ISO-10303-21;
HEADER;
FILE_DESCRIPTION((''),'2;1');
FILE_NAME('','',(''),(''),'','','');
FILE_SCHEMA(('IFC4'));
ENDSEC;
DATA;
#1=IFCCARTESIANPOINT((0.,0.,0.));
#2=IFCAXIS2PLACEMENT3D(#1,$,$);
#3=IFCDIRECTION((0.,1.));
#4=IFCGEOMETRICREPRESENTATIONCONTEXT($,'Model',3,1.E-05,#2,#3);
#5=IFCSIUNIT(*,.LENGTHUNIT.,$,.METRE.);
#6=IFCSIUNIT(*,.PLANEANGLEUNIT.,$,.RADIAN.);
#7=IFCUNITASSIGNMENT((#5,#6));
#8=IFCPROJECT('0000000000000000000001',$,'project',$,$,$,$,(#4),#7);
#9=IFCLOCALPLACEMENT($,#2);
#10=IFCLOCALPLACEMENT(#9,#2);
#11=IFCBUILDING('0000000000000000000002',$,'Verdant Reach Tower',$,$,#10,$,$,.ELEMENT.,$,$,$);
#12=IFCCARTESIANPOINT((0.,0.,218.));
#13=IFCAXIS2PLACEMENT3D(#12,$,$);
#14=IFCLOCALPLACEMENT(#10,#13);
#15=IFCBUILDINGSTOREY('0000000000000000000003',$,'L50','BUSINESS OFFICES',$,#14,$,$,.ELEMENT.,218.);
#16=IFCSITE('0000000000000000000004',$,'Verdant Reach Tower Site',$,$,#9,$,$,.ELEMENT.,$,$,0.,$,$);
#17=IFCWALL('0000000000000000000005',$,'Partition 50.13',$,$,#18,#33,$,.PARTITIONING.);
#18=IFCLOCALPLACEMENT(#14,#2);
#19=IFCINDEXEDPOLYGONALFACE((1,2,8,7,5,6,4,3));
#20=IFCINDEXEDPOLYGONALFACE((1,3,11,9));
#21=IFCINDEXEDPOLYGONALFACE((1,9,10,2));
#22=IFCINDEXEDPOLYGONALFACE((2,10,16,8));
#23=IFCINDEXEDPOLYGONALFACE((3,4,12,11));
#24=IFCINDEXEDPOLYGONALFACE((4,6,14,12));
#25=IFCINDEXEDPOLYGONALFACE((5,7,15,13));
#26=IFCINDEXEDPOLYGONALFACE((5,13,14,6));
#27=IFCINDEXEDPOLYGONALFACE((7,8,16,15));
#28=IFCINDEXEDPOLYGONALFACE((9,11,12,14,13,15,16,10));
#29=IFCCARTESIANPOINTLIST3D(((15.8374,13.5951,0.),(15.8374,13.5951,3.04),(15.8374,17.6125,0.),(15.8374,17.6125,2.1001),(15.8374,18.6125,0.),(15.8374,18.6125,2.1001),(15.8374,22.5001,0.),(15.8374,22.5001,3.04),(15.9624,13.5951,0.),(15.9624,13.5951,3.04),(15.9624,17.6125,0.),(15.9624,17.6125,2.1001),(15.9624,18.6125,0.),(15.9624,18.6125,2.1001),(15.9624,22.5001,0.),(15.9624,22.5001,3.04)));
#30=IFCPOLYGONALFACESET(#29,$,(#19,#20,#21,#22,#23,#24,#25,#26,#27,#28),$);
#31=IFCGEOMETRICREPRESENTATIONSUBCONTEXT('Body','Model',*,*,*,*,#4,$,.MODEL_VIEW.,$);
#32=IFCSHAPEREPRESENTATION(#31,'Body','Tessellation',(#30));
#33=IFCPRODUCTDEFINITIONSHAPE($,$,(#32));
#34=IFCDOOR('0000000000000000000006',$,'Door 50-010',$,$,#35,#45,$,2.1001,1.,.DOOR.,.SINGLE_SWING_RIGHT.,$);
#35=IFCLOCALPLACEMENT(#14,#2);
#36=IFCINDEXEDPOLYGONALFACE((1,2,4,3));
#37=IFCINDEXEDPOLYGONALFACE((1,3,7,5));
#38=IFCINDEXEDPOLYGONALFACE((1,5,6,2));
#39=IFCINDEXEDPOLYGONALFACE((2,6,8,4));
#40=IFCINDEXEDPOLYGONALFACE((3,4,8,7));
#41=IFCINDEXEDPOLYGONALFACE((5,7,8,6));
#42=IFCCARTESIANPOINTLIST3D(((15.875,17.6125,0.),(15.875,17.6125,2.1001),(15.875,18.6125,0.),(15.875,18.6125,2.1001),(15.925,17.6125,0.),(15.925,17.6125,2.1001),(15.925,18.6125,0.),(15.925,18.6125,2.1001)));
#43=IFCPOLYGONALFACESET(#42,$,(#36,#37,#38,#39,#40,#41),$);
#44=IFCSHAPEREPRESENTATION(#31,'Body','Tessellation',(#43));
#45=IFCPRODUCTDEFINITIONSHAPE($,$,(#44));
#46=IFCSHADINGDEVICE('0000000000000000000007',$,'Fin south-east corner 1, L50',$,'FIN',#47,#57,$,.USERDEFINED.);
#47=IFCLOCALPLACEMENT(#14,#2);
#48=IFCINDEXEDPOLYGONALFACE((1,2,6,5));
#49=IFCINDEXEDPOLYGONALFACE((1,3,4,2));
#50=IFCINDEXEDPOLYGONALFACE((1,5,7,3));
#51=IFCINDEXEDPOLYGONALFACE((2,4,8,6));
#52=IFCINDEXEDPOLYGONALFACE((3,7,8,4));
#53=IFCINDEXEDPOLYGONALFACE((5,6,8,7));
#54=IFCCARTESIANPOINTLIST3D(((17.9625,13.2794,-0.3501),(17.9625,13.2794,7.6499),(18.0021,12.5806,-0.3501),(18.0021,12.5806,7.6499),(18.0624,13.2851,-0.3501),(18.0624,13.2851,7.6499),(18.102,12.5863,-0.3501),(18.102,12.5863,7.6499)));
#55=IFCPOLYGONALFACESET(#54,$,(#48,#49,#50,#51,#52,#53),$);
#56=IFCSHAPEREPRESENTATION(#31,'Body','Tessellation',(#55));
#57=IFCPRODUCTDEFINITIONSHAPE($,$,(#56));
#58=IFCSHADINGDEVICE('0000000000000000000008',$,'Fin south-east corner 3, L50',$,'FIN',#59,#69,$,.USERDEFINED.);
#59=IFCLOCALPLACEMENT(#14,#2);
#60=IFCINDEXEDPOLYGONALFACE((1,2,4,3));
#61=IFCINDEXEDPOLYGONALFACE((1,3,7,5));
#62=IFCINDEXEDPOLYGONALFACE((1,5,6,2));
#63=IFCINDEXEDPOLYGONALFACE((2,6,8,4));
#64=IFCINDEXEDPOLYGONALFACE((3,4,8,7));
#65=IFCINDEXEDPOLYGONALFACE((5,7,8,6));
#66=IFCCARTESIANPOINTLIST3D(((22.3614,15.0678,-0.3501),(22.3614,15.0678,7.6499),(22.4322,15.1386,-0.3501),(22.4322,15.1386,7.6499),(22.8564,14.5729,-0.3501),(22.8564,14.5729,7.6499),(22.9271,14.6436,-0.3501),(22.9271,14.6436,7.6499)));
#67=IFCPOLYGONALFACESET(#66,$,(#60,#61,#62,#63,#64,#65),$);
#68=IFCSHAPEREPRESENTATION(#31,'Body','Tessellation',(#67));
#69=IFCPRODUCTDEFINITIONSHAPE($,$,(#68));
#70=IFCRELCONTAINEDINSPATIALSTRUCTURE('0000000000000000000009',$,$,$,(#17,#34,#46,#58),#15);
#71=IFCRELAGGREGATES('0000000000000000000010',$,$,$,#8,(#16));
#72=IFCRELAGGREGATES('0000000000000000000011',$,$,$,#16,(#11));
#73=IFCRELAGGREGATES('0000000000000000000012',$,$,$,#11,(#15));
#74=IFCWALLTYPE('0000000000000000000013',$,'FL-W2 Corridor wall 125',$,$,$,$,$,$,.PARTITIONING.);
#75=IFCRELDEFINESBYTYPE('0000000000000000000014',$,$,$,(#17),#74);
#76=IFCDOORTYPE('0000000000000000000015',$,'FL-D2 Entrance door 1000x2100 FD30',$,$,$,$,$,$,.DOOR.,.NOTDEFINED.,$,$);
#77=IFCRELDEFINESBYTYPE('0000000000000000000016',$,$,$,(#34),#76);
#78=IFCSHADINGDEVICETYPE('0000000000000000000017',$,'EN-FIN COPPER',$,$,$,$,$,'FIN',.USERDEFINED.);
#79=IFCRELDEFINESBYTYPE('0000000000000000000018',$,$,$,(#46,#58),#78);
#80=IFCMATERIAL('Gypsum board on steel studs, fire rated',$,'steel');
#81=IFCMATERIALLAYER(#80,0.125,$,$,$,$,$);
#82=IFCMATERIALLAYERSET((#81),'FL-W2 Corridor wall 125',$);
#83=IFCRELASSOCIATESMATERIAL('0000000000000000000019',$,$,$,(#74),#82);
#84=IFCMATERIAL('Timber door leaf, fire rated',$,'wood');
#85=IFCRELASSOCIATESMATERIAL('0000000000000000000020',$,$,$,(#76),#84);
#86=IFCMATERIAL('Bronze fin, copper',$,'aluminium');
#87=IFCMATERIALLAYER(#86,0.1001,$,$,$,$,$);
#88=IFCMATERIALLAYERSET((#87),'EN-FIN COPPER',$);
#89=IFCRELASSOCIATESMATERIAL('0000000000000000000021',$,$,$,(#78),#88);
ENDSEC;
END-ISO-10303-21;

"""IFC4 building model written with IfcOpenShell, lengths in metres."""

from ifc_helpers import new_model, si_unit, direction, frame, frame_2d, origin, origin_2d, place, context, subcontext, project, spatial, rectangle, extrude, material, layer, layer_set, type_object, element, fill, save


model = new_model("IFC4")

# Units and contexts
model_context = context("Model", 3, precision=1e-05, world=origin(), true_north=direction((0.0, 1.0)))
body_context = subcontext(model_context, "Body", "Model", "MODEL_VIEW")
ifc_project = project(units=[si_unit("LENGTHUNIT", "METRE"), si_unit("PLANEANGLEUNIT", "RADIAN")], contexts=[model_context])

# Site, building, storey
site_placement = place(None, origin())
site = spatial("IfcSite", under=ifc_project, at=site_placement, Name="Verdant Reach Tower Site", CompositionType="ELEMENT", RefElevation=0.0)
building_placement = place(site_placement, origin())
building = spatial("IfcBuilding", under=site, at=building_placement, Name="Verdant Reach Tower", CompositionType="ELEMENT")
storey_placement = place(building_placement, frame((0.0, 0.0, 218.0)))
storey = spatial("IfcBuildingStorey", under=building, at=storey_placement, Name="L50", Description="BUSINESS OFFICES", CompositionType="ELEMENT", Elevation=218.0)

# Wall, opening, door
ifc_material_1 = material(Name="Gypsum board on steel studs, fire rated", Category="steel")
ifc_layer_1 = layer(ifc_material_1, 0.125)
ifc_layer_set_1 = layer_set([ifc_layer_1], Name="FL-W2 Corridor wall 125")
wall_type = type_object("IfcWallType", Name="FL-W2 Corridor wall 125", PredefinedType="PARTITIONING", material=ifc_layer_set_1)
wall_placement = place(storey_placement, frame((15.8999, 13.595, 0.0), z_axis=(0.0, 0.0, 1.0), x_axis=(0.0, 1.0, 0.0)))
wall = element("IfcWall", 1, at=wall_placement, inside=storey, type_object=wall_type, Name="Partition 50.13", PredefinedType="PARTITIONING", context=body_context, shape_type="SweptSolid", body=[
    extrude(rectangle(XDim=8.905, YDim=0.125, at=frame_2d((4.4526, 0.0))), origin(), (0.0, 0.0, 1.0), 3.04),
])
opening_placement = place(wall_placement, frame((4.0176, 0.0, 0.0)))
opening = element("IfcOpeningElement", 2, at=opening_placement, cuts=wall, PredefinedType="OPENING", context=body_context, shape_type="SweptSolid", body=[
    extrude(rectangle(XDim=1.0, YDim=2.1001, at=frame_2d((0.5, 1.05))), frame((0.0, 0.0725, 0.0), z_axis=(0.0, -1.0, 0.0), x_axis=(1.0, 0.0, 0.0)), (0.0, 0.0, 1.0), 0.145),
])
ifc_material_2 = material(Name="Timber door leaf, fire rated", Category="wood")
door_type = type_object("IfcDoorType", Name="FL-D2 Entrance door 1000x2100 FD30", OperationType="NOTDEFINED", PredefinedType="DOOR", material=ifc_material_2)
door_placement = place(opening_placement, origin())
door = element("IfcDoor", 3, at=door_placement, inside=storey, type_object=door_type, Name="Door 50-010", OperationType="SINGLE_SWING_RIGHT", OverallHeight=2.1001, OverallWidth=1.0, PredefinedType="DOOR", context=body_context, shape_type="SweptSolid", body=[
    extrude(rectangle(XDim=1.0, YDim=2.1001, at=frame_2d((0.5, 1.05))), frame((0.0, 0.0249, 0.0), z_axis=(0.0, -1.0, 0.0), x_axis=(1.0, 0.0, 0.0)), (0.0, 0.0, 1.0), 0.05),
])
fill(opening, door)

# Shading devices
ifc_material_3 = material(Name="Bronze fin, copper", Category="aluminium")
ifc_layer_2 = layer(ifc_material_3, 0.1001)
ifc_layer_set_2 = layer_set([ifc_layer_2], Name="EN-FIN COPPER")
shading_device_type = type_object("IfcShadingDeviceType", Name="EN-FIN COPPER", ElementType="FIN", PredefinedType="USERDEFINED", material=ifc_layer_set_2)
for number, where, z_axis, x_axis, name in (
    (4, (18.0322, 12.9329, -0.3501), (0.0, 0.0, 1.0), (0.998399, 0.056569, 0.0), "Fin south-east corner 1, L50"),
    (5, (22.6443, 14.8557, -0.3501), (0.0, 0.0, 1.0), (0.707107, 0.707107, 0.0), "Fin south-east corner 3, L50"),
):
    element("IfcShadingDevice", number, at=place(storey_placement, frame(where, z_axis=z_axis, x_axis=x_axis)), inside=storey, type_object=shading_device_type, Name=name, ObjectType="FIN", PredefinedType="USERDEFINED", context=body_context, shape_type="SweptSolid", body=[
        extrude(rectangle(XDim=0.1001, YDim=0.7, at=origin_2d()), origin(), (0.0, 0.0, 1.0), 8.0),
    ])

save(model, "model.ifc")
